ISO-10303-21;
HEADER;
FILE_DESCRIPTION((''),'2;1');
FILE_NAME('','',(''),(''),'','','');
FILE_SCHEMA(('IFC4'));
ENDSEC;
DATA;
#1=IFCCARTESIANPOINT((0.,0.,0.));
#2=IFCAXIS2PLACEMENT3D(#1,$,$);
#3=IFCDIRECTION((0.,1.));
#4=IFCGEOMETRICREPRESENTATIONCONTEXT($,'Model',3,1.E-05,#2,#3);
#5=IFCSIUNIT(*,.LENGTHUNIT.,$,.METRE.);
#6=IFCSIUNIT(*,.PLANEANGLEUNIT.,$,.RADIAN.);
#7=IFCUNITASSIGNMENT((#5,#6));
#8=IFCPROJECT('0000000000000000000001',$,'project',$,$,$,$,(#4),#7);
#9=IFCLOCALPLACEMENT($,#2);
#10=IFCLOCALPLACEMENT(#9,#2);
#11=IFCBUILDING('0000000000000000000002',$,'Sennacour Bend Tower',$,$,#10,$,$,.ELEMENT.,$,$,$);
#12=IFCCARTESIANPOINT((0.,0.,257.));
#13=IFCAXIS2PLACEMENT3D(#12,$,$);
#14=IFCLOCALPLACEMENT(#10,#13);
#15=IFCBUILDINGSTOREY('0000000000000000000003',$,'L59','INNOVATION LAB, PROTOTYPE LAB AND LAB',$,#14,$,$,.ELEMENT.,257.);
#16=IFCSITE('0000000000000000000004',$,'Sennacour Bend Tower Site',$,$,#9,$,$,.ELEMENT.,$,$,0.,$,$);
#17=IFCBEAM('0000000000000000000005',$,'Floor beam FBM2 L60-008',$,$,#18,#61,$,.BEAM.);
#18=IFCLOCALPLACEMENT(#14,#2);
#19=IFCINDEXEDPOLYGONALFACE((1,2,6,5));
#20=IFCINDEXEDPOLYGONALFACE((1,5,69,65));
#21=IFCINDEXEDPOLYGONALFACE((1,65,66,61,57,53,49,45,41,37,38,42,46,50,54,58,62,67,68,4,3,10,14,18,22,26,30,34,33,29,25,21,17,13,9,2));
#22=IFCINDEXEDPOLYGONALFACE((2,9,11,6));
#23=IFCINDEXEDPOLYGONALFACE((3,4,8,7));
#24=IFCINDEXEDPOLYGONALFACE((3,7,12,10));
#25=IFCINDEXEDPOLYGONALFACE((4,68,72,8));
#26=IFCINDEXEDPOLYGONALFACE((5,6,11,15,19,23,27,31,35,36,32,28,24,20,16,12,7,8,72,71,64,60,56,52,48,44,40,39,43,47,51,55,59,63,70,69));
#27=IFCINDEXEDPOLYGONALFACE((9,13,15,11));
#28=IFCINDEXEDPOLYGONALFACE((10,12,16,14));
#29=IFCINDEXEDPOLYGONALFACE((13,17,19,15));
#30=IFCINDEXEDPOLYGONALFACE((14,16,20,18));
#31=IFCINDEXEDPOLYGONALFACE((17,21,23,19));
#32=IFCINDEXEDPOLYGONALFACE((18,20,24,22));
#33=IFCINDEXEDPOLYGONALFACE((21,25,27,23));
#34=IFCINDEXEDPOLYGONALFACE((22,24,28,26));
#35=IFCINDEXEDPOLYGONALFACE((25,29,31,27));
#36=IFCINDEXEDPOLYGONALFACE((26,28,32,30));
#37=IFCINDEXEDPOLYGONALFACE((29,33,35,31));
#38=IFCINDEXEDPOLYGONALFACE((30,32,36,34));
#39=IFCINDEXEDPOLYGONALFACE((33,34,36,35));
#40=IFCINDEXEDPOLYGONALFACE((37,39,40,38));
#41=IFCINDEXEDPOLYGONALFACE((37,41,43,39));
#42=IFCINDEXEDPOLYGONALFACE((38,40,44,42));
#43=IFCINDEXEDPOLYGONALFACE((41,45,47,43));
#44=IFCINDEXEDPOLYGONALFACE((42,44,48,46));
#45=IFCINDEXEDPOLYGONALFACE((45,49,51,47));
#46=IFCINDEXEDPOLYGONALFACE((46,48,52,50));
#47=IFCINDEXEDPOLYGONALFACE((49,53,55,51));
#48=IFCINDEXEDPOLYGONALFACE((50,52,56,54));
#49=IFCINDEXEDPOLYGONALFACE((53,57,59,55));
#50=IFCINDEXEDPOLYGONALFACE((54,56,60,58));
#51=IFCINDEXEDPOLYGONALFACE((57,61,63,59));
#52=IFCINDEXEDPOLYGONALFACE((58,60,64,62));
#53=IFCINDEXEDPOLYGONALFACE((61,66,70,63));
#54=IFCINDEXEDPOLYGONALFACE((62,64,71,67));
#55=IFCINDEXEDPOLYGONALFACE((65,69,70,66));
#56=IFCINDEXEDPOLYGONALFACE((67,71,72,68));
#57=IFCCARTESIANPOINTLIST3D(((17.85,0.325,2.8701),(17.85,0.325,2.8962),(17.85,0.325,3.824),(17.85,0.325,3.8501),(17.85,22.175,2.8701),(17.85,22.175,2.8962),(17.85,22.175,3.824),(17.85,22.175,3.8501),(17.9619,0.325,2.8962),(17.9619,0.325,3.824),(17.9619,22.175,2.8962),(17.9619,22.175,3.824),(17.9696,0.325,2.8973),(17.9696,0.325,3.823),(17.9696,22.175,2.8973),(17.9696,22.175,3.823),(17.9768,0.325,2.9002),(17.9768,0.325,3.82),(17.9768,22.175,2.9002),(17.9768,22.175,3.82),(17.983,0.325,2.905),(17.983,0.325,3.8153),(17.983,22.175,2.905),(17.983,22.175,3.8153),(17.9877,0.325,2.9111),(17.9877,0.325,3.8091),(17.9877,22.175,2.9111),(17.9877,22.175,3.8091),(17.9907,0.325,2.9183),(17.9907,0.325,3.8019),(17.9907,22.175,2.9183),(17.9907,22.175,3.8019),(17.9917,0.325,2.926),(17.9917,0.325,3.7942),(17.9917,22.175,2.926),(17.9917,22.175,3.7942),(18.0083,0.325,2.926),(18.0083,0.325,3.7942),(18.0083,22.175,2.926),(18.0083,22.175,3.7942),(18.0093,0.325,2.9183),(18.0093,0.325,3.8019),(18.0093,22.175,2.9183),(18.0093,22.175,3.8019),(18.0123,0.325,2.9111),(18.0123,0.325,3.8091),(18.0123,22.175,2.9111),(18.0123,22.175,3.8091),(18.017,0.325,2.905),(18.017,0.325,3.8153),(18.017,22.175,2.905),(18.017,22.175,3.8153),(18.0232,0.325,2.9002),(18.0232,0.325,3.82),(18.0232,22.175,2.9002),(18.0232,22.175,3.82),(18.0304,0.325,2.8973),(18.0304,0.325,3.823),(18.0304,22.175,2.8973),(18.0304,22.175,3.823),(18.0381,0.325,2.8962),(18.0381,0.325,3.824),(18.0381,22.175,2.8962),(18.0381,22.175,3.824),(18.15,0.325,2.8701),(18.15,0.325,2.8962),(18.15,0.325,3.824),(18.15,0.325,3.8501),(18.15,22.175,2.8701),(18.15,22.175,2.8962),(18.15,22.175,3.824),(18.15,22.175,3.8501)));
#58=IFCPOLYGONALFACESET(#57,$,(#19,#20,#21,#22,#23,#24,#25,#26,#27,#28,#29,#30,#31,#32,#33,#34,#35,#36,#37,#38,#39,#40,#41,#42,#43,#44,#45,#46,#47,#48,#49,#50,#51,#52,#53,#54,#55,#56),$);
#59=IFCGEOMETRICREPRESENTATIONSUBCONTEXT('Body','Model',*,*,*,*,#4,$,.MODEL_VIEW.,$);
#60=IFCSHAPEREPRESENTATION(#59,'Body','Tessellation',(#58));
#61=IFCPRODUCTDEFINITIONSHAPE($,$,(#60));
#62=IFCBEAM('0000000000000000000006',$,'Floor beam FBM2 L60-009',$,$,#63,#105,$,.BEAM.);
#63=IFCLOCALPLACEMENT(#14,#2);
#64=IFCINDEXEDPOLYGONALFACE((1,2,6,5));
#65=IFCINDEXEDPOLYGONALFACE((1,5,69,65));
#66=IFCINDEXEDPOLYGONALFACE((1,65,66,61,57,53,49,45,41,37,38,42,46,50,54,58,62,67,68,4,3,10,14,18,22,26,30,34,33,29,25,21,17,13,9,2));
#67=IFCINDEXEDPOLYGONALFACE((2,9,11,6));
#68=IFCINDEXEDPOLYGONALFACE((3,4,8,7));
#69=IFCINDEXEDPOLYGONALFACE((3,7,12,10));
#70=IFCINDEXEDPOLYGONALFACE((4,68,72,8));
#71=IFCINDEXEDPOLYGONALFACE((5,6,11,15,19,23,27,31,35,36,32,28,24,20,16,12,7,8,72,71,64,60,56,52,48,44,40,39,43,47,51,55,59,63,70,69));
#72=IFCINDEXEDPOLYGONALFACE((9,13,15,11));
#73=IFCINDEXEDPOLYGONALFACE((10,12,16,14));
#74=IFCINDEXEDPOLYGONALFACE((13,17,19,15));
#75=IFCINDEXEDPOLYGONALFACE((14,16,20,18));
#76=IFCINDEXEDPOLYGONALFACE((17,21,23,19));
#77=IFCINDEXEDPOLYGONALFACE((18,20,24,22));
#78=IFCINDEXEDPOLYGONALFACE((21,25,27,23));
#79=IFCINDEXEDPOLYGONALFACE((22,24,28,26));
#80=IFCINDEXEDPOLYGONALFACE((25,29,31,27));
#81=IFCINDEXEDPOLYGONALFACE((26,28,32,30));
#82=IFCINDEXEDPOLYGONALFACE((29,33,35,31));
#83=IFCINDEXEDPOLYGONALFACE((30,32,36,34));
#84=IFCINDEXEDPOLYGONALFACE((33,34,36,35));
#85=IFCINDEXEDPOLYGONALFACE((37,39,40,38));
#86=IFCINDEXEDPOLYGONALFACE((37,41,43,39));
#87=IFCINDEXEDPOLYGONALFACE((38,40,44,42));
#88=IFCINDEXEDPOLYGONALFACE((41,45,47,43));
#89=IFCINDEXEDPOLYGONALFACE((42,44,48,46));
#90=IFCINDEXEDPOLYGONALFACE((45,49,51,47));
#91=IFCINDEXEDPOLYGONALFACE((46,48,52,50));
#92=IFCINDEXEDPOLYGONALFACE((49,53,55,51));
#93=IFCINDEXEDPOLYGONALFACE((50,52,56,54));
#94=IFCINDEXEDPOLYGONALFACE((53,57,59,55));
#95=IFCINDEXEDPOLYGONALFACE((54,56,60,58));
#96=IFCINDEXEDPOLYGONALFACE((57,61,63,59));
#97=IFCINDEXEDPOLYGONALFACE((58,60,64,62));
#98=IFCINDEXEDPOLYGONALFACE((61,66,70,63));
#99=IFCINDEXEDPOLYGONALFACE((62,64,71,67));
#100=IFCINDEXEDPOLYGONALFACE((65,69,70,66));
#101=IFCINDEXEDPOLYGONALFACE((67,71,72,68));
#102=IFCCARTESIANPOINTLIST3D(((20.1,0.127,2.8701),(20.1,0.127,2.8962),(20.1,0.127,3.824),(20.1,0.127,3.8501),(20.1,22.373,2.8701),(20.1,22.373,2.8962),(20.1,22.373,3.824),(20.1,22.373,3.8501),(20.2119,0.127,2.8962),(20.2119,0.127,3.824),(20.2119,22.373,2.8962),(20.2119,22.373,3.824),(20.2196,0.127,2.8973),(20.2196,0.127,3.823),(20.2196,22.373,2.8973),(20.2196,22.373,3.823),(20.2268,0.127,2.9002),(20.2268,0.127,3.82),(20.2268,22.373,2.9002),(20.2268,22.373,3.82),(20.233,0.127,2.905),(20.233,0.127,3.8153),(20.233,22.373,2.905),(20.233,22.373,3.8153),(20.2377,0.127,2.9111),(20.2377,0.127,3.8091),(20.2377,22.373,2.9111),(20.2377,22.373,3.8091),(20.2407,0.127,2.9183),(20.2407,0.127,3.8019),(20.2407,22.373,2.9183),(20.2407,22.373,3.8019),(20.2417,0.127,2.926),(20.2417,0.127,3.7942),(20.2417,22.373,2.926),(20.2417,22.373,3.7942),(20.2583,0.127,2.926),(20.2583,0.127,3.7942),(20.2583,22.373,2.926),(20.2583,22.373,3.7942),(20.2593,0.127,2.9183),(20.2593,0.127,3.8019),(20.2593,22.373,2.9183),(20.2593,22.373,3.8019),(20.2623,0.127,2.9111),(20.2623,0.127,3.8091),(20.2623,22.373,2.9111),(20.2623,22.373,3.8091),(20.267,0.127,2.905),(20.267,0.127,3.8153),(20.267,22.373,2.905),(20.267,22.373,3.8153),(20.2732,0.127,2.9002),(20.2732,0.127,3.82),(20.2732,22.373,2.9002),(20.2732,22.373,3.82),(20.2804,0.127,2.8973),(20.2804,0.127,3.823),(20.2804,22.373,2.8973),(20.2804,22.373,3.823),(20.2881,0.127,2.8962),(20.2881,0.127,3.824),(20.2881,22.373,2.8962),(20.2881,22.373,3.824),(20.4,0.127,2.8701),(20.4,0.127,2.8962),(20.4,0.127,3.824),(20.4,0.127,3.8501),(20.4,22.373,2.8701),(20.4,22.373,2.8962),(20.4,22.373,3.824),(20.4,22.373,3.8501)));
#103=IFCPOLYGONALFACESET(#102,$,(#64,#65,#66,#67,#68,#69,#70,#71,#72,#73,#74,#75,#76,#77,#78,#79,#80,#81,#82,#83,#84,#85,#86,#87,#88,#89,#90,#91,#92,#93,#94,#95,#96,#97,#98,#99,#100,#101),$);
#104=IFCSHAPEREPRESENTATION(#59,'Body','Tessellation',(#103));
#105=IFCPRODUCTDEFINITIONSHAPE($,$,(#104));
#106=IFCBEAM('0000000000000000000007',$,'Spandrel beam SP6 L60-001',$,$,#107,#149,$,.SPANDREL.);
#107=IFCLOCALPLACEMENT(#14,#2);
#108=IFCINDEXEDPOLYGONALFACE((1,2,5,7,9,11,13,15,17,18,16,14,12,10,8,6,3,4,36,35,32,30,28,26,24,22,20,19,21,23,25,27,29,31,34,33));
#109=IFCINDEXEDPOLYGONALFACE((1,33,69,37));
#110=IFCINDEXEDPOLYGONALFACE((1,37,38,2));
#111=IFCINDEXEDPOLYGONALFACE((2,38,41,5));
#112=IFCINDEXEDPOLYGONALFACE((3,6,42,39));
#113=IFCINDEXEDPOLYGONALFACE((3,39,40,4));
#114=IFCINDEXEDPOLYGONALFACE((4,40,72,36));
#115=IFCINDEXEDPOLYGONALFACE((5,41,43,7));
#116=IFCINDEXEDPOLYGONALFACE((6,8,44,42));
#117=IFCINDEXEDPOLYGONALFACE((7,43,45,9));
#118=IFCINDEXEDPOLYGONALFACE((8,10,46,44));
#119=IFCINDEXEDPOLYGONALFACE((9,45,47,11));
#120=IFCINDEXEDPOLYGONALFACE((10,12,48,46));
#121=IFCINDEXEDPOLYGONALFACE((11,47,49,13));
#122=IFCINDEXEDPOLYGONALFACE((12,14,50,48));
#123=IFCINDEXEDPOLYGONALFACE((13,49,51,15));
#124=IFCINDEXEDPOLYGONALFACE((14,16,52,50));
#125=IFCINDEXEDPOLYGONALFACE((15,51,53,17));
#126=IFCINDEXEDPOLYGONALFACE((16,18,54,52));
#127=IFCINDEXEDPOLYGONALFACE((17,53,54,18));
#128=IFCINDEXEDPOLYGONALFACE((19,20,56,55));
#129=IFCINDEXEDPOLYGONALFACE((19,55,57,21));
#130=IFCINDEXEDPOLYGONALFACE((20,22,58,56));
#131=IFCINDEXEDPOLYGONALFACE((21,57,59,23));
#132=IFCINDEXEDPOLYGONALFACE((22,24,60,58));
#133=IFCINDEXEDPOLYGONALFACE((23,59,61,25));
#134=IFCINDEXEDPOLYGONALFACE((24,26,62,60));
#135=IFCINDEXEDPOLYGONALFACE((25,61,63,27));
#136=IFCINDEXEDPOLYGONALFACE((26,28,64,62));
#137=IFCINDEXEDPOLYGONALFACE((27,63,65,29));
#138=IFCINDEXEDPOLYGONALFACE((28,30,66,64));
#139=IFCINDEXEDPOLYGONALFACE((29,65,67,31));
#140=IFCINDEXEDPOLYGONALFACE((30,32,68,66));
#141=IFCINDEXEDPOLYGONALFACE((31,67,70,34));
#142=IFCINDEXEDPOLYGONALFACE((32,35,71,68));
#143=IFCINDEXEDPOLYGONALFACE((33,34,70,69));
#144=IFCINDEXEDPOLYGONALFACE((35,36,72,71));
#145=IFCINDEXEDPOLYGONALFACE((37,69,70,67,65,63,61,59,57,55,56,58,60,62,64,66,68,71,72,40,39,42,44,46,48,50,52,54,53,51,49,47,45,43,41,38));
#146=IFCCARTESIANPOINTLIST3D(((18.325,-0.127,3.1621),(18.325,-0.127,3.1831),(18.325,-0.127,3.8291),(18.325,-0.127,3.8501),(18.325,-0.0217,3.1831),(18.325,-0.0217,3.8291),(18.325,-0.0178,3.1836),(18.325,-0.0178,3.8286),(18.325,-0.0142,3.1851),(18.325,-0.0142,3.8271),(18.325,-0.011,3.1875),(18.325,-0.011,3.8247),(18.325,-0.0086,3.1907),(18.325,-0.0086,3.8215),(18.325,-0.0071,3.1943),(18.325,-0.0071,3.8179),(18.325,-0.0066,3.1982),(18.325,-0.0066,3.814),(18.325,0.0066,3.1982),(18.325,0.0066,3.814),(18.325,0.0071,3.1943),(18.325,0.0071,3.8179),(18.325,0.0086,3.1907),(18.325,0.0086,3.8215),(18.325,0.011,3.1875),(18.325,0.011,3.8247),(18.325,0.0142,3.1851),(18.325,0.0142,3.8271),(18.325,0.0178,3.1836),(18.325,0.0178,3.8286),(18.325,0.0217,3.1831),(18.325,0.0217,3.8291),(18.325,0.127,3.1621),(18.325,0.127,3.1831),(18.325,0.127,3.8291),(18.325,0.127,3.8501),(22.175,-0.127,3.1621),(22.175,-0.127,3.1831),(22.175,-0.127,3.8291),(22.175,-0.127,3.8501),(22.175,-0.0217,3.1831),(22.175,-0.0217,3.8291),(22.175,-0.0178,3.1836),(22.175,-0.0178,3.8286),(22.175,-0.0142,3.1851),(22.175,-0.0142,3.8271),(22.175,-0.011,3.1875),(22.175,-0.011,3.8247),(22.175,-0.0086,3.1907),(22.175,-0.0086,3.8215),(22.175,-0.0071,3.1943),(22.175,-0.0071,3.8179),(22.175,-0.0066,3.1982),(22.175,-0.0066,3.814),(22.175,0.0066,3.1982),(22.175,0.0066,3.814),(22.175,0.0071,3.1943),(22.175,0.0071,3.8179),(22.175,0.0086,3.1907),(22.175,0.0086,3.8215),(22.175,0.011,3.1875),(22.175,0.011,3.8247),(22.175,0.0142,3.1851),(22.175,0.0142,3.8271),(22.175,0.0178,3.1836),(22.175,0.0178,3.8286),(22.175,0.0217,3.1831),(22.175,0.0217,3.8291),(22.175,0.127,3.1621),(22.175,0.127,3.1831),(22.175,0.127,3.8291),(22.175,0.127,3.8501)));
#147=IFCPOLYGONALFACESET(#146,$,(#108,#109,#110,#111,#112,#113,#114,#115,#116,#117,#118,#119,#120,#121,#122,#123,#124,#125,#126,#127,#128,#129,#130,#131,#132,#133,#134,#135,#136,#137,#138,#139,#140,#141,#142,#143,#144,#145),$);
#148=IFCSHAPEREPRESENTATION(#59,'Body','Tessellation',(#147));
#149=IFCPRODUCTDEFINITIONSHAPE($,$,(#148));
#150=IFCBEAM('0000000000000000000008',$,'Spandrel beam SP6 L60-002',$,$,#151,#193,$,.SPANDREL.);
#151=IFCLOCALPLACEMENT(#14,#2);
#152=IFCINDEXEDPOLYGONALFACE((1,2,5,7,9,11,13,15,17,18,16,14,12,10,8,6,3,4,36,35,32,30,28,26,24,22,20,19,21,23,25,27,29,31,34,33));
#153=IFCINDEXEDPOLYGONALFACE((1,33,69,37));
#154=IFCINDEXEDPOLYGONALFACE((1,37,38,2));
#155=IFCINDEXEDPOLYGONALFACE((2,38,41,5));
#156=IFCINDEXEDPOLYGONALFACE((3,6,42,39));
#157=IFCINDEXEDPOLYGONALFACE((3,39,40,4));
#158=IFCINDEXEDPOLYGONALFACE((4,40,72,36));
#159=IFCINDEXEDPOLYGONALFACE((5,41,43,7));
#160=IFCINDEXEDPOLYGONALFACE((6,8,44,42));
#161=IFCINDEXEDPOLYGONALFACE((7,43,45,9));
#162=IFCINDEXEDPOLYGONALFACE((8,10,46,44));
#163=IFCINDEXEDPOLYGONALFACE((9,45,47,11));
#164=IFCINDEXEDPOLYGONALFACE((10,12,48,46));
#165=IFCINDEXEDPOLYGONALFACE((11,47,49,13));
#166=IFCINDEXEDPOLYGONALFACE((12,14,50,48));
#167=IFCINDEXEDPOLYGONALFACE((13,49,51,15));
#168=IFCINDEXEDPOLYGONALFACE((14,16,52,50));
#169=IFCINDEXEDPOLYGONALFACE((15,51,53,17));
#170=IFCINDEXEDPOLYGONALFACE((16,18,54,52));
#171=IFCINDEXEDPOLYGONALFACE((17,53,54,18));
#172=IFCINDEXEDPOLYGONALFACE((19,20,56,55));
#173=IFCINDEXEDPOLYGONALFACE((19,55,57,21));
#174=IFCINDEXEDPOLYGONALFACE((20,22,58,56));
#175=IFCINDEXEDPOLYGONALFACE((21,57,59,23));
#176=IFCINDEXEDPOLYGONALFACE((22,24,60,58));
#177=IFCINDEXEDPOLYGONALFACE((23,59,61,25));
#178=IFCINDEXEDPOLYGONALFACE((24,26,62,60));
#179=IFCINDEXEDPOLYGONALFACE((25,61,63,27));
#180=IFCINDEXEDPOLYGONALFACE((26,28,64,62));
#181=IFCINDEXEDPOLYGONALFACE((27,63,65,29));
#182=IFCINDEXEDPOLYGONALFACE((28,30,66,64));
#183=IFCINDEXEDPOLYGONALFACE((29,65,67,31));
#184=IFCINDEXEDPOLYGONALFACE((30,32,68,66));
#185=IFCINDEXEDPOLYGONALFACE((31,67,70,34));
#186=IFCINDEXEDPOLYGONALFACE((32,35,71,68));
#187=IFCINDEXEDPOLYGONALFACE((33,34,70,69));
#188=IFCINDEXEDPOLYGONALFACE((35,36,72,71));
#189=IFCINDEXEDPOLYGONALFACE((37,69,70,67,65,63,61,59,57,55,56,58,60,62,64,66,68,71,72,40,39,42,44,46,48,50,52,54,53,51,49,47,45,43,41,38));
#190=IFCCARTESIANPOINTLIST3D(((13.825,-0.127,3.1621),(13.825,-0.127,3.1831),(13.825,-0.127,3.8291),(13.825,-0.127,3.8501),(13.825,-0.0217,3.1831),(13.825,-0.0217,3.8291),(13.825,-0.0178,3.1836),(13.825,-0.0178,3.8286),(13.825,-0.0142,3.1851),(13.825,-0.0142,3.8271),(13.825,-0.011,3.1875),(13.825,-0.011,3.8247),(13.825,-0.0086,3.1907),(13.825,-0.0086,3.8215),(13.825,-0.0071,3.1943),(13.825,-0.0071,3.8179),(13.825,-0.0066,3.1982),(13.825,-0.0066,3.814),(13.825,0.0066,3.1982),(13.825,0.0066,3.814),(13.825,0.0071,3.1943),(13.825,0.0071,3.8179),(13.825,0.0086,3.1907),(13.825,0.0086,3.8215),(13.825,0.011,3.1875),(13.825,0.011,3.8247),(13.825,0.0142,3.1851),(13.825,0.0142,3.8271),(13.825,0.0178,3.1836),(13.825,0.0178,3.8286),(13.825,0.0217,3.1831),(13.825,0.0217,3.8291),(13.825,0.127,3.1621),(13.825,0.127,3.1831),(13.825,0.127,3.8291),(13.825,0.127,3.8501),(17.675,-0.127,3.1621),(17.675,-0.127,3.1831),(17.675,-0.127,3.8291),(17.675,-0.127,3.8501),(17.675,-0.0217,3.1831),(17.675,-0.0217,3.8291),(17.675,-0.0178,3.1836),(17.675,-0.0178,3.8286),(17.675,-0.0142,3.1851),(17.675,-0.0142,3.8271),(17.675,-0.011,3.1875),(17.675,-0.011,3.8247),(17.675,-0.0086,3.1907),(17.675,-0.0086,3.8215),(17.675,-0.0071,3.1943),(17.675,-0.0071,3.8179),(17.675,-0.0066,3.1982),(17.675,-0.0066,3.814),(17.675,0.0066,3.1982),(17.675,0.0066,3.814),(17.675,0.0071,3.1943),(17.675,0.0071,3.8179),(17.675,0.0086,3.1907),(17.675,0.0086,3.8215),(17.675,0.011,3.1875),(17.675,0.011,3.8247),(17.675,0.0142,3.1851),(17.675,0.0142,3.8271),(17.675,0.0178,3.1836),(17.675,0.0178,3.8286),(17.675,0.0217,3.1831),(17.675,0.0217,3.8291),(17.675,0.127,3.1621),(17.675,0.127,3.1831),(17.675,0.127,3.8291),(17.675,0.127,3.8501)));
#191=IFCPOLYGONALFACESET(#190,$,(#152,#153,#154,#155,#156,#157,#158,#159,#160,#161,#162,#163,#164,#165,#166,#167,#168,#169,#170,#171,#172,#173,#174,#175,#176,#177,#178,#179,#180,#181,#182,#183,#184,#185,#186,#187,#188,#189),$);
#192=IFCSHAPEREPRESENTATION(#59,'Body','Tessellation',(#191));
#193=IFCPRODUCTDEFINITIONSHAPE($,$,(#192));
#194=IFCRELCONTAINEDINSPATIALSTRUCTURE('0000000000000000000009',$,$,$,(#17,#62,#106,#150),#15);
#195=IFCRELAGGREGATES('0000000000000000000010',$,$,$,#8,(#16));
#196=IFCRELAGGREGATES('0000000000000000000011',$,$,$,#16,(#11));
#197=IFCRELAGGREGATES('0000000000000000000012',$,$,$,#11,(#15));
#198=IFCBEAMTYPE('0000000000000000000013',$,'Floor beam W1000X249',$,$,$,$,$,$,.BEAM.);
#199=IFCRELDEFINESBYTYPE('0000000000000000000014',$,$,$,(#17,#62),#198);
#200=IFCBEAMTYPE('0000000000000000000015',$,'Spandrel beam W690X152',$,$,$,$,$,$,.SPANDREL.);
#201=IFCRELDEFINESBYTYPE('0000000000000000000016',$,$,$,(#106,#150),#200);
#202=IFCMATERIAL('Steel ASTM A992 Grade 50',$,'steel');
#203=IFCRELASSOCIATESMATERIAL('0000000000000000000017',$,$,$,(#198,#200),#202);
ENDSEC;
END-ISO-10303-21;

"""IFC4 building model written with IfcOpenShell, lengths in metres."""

from ifc_helpers import new_model, si_unit, direction, frame, origin, origin_2d, place, context, subcontext, project, spatial, i_section, extrude, material, material_profile, profile_set, type_object, element, save


model = new_model("IFC4")

# Units and contexts
model_context = context("Model", 3, precision=1e-05, world=origin(), true_north=direction((0.0, 1.0)))
body_context = subcontext(model_context, "Body", "Model", "MODEL_VIEW")
ifc_project = project(units=[si_unit("LENGTHUNIT", "METRE"), si_unit("PLANEANGLEUNIT", "RADIAN")], contexts=[model_context])

# Site, building, storey
site_placement = place(None, origin())
site = spatial("IfcSite", under=ifc_project, at=site_placement, Name="Sennacour Bend Tower Site", CompositionType="ELEMENT", RefElevation=0.0)
building_placement = place(site_placement, origin())
building = spatial("IfcBuilding", under=site, at=building_placement, Name="Sennacour Bend Tower", CompositionType="ELEMENT")
storey_placement = place(building_placement, frame((0.0, 0.0, 257.0)))
storey = spatial("IfcBuildingStorey", under=building, at=storey_placement, Name="L59", Description="INNOVATION LAB, PROTOTYPE LAB AND LAB", CompositionType="ELEMENT", Elevation=257.0)

# Beams
ifc_material_1 = material(Name="Steel ASTM A992 Grade 50", Category="steel")
ifc_material_profile_1 = material_profile(ifc_material_1, i_section(OverallWidth=0.3, OverallDepth=0.98, WebThickness=0.0166, FlangeThickness=0.0261, FilletRadius=0.0298, at=origin_2d()), Name="Steel ASTM A992 Grade 50", Category="steel")
ifc_profile_set_1 = profile_set([ifc_material_profile_1], Name="Steel ASTM A992 Grade 50")
beam_type_1 = type_object("IfcBeamType", Name="Floor beam W1000X249", PredefinedType="BEAM", material=ifc_profile_set_1)
beam_1_placement = place(storey_placement, frame((18.0, 0.325, 3.3601), z_axis=(0.0, 1.0, 0.0), x_axis=(-1.0, 0.0, 0.0)))
element("IfcBeam", 1, at=beam_1_placement, inside=storey, type_object=beam_type_1, Name="Floor beam FBM2 L60-008", PredefinedType="BEAM", context=body_context, shape_type="SweptSolid", body=[
    extrude(i_section(OverallWidth=0.3, OverallDepth=0.98, WebThickness=0.0166, FlangeThickness=0.0261, FilletRadius=0.0298, at=origin_2d()), origin(), (0.0, 0.0, 1.0), 21.8501),
])
beam_2_placement = place(storey_placement, frame((20.25, 0.127, 3.3601), z_axis=(0.0, 1.0, 0.0), x_axis=(-1.0, 0.0, 0.0)))
element("IfcBeam", 2, at=beam_2_placement, inside=storey, type_object=beam_type_1, Name="Floor beam FBM2 L60-009", PredefinedType="BEAM", context=body_context, shape_type="SweptSolid", body=[
    extrude(i_section(OverallWidth=0.3, OverallDepth=0.98, WebThickness=0.0166, FlangeThickness=0.0261, FilletRadius=0.0298, at=origin_2d()), origin(), (0.0, 0.0, 1.0), 22.2461),
])
ifc_material_profile_2 = material_profile(ifc_material_1, i_section(OverallWidth=0.2539, OverallDepth=0.688, WebThickness=0.0132, FlangeThickness=0.021, FilletRadius=0.0151, at=origin_2d()), Name="Steel ASTM A992 Grade 50", Category="steel")
ifc_profile_set_2 = profile_set([ifc_material_profile_2], Name="Steel ASTM A992 Grade 50")
beam_type_2 = type_object("IfcBeamType", Name="Spandrel beam W690X152", PredefinedType="SPANDREL", material=ifc_profile_set_2)
for number, where, z_axis, x_axis, name in (
    (3, (22.175, 0.0, 3.5061), (-1.0, 0.0, 0.0), (0.0, -1.0, 0.0), "Spandrel beam SP6 L60-001"),
    (4, (17.675, 0.0, 3.5061), (-1.0, 0.0, 0.0), (0.0, -1.0, 0.0), "Spandrel beam SP6 L60-002"),
):
    element("IfcBeam", number, at=place(storey_placement, frame(where, z_axis=z_axis, x_axis=x_axis)), inside=storey, type_object=beam_type_2, Name=name, PredefinedType="SPANDREL", context=body_context, shape_type="SweptSolid", body=[
        extrude(i_section(OverallWidth=0.2539, OverallDepth=0.688, WebThickness=0.0132, FlangeThickness=0.021, FilletRadius=0.0151, at=origin_2d()), origin(), (0.0, 0.0, 1.0), 3.8501),
    ])

save(model, "model.ifc")
